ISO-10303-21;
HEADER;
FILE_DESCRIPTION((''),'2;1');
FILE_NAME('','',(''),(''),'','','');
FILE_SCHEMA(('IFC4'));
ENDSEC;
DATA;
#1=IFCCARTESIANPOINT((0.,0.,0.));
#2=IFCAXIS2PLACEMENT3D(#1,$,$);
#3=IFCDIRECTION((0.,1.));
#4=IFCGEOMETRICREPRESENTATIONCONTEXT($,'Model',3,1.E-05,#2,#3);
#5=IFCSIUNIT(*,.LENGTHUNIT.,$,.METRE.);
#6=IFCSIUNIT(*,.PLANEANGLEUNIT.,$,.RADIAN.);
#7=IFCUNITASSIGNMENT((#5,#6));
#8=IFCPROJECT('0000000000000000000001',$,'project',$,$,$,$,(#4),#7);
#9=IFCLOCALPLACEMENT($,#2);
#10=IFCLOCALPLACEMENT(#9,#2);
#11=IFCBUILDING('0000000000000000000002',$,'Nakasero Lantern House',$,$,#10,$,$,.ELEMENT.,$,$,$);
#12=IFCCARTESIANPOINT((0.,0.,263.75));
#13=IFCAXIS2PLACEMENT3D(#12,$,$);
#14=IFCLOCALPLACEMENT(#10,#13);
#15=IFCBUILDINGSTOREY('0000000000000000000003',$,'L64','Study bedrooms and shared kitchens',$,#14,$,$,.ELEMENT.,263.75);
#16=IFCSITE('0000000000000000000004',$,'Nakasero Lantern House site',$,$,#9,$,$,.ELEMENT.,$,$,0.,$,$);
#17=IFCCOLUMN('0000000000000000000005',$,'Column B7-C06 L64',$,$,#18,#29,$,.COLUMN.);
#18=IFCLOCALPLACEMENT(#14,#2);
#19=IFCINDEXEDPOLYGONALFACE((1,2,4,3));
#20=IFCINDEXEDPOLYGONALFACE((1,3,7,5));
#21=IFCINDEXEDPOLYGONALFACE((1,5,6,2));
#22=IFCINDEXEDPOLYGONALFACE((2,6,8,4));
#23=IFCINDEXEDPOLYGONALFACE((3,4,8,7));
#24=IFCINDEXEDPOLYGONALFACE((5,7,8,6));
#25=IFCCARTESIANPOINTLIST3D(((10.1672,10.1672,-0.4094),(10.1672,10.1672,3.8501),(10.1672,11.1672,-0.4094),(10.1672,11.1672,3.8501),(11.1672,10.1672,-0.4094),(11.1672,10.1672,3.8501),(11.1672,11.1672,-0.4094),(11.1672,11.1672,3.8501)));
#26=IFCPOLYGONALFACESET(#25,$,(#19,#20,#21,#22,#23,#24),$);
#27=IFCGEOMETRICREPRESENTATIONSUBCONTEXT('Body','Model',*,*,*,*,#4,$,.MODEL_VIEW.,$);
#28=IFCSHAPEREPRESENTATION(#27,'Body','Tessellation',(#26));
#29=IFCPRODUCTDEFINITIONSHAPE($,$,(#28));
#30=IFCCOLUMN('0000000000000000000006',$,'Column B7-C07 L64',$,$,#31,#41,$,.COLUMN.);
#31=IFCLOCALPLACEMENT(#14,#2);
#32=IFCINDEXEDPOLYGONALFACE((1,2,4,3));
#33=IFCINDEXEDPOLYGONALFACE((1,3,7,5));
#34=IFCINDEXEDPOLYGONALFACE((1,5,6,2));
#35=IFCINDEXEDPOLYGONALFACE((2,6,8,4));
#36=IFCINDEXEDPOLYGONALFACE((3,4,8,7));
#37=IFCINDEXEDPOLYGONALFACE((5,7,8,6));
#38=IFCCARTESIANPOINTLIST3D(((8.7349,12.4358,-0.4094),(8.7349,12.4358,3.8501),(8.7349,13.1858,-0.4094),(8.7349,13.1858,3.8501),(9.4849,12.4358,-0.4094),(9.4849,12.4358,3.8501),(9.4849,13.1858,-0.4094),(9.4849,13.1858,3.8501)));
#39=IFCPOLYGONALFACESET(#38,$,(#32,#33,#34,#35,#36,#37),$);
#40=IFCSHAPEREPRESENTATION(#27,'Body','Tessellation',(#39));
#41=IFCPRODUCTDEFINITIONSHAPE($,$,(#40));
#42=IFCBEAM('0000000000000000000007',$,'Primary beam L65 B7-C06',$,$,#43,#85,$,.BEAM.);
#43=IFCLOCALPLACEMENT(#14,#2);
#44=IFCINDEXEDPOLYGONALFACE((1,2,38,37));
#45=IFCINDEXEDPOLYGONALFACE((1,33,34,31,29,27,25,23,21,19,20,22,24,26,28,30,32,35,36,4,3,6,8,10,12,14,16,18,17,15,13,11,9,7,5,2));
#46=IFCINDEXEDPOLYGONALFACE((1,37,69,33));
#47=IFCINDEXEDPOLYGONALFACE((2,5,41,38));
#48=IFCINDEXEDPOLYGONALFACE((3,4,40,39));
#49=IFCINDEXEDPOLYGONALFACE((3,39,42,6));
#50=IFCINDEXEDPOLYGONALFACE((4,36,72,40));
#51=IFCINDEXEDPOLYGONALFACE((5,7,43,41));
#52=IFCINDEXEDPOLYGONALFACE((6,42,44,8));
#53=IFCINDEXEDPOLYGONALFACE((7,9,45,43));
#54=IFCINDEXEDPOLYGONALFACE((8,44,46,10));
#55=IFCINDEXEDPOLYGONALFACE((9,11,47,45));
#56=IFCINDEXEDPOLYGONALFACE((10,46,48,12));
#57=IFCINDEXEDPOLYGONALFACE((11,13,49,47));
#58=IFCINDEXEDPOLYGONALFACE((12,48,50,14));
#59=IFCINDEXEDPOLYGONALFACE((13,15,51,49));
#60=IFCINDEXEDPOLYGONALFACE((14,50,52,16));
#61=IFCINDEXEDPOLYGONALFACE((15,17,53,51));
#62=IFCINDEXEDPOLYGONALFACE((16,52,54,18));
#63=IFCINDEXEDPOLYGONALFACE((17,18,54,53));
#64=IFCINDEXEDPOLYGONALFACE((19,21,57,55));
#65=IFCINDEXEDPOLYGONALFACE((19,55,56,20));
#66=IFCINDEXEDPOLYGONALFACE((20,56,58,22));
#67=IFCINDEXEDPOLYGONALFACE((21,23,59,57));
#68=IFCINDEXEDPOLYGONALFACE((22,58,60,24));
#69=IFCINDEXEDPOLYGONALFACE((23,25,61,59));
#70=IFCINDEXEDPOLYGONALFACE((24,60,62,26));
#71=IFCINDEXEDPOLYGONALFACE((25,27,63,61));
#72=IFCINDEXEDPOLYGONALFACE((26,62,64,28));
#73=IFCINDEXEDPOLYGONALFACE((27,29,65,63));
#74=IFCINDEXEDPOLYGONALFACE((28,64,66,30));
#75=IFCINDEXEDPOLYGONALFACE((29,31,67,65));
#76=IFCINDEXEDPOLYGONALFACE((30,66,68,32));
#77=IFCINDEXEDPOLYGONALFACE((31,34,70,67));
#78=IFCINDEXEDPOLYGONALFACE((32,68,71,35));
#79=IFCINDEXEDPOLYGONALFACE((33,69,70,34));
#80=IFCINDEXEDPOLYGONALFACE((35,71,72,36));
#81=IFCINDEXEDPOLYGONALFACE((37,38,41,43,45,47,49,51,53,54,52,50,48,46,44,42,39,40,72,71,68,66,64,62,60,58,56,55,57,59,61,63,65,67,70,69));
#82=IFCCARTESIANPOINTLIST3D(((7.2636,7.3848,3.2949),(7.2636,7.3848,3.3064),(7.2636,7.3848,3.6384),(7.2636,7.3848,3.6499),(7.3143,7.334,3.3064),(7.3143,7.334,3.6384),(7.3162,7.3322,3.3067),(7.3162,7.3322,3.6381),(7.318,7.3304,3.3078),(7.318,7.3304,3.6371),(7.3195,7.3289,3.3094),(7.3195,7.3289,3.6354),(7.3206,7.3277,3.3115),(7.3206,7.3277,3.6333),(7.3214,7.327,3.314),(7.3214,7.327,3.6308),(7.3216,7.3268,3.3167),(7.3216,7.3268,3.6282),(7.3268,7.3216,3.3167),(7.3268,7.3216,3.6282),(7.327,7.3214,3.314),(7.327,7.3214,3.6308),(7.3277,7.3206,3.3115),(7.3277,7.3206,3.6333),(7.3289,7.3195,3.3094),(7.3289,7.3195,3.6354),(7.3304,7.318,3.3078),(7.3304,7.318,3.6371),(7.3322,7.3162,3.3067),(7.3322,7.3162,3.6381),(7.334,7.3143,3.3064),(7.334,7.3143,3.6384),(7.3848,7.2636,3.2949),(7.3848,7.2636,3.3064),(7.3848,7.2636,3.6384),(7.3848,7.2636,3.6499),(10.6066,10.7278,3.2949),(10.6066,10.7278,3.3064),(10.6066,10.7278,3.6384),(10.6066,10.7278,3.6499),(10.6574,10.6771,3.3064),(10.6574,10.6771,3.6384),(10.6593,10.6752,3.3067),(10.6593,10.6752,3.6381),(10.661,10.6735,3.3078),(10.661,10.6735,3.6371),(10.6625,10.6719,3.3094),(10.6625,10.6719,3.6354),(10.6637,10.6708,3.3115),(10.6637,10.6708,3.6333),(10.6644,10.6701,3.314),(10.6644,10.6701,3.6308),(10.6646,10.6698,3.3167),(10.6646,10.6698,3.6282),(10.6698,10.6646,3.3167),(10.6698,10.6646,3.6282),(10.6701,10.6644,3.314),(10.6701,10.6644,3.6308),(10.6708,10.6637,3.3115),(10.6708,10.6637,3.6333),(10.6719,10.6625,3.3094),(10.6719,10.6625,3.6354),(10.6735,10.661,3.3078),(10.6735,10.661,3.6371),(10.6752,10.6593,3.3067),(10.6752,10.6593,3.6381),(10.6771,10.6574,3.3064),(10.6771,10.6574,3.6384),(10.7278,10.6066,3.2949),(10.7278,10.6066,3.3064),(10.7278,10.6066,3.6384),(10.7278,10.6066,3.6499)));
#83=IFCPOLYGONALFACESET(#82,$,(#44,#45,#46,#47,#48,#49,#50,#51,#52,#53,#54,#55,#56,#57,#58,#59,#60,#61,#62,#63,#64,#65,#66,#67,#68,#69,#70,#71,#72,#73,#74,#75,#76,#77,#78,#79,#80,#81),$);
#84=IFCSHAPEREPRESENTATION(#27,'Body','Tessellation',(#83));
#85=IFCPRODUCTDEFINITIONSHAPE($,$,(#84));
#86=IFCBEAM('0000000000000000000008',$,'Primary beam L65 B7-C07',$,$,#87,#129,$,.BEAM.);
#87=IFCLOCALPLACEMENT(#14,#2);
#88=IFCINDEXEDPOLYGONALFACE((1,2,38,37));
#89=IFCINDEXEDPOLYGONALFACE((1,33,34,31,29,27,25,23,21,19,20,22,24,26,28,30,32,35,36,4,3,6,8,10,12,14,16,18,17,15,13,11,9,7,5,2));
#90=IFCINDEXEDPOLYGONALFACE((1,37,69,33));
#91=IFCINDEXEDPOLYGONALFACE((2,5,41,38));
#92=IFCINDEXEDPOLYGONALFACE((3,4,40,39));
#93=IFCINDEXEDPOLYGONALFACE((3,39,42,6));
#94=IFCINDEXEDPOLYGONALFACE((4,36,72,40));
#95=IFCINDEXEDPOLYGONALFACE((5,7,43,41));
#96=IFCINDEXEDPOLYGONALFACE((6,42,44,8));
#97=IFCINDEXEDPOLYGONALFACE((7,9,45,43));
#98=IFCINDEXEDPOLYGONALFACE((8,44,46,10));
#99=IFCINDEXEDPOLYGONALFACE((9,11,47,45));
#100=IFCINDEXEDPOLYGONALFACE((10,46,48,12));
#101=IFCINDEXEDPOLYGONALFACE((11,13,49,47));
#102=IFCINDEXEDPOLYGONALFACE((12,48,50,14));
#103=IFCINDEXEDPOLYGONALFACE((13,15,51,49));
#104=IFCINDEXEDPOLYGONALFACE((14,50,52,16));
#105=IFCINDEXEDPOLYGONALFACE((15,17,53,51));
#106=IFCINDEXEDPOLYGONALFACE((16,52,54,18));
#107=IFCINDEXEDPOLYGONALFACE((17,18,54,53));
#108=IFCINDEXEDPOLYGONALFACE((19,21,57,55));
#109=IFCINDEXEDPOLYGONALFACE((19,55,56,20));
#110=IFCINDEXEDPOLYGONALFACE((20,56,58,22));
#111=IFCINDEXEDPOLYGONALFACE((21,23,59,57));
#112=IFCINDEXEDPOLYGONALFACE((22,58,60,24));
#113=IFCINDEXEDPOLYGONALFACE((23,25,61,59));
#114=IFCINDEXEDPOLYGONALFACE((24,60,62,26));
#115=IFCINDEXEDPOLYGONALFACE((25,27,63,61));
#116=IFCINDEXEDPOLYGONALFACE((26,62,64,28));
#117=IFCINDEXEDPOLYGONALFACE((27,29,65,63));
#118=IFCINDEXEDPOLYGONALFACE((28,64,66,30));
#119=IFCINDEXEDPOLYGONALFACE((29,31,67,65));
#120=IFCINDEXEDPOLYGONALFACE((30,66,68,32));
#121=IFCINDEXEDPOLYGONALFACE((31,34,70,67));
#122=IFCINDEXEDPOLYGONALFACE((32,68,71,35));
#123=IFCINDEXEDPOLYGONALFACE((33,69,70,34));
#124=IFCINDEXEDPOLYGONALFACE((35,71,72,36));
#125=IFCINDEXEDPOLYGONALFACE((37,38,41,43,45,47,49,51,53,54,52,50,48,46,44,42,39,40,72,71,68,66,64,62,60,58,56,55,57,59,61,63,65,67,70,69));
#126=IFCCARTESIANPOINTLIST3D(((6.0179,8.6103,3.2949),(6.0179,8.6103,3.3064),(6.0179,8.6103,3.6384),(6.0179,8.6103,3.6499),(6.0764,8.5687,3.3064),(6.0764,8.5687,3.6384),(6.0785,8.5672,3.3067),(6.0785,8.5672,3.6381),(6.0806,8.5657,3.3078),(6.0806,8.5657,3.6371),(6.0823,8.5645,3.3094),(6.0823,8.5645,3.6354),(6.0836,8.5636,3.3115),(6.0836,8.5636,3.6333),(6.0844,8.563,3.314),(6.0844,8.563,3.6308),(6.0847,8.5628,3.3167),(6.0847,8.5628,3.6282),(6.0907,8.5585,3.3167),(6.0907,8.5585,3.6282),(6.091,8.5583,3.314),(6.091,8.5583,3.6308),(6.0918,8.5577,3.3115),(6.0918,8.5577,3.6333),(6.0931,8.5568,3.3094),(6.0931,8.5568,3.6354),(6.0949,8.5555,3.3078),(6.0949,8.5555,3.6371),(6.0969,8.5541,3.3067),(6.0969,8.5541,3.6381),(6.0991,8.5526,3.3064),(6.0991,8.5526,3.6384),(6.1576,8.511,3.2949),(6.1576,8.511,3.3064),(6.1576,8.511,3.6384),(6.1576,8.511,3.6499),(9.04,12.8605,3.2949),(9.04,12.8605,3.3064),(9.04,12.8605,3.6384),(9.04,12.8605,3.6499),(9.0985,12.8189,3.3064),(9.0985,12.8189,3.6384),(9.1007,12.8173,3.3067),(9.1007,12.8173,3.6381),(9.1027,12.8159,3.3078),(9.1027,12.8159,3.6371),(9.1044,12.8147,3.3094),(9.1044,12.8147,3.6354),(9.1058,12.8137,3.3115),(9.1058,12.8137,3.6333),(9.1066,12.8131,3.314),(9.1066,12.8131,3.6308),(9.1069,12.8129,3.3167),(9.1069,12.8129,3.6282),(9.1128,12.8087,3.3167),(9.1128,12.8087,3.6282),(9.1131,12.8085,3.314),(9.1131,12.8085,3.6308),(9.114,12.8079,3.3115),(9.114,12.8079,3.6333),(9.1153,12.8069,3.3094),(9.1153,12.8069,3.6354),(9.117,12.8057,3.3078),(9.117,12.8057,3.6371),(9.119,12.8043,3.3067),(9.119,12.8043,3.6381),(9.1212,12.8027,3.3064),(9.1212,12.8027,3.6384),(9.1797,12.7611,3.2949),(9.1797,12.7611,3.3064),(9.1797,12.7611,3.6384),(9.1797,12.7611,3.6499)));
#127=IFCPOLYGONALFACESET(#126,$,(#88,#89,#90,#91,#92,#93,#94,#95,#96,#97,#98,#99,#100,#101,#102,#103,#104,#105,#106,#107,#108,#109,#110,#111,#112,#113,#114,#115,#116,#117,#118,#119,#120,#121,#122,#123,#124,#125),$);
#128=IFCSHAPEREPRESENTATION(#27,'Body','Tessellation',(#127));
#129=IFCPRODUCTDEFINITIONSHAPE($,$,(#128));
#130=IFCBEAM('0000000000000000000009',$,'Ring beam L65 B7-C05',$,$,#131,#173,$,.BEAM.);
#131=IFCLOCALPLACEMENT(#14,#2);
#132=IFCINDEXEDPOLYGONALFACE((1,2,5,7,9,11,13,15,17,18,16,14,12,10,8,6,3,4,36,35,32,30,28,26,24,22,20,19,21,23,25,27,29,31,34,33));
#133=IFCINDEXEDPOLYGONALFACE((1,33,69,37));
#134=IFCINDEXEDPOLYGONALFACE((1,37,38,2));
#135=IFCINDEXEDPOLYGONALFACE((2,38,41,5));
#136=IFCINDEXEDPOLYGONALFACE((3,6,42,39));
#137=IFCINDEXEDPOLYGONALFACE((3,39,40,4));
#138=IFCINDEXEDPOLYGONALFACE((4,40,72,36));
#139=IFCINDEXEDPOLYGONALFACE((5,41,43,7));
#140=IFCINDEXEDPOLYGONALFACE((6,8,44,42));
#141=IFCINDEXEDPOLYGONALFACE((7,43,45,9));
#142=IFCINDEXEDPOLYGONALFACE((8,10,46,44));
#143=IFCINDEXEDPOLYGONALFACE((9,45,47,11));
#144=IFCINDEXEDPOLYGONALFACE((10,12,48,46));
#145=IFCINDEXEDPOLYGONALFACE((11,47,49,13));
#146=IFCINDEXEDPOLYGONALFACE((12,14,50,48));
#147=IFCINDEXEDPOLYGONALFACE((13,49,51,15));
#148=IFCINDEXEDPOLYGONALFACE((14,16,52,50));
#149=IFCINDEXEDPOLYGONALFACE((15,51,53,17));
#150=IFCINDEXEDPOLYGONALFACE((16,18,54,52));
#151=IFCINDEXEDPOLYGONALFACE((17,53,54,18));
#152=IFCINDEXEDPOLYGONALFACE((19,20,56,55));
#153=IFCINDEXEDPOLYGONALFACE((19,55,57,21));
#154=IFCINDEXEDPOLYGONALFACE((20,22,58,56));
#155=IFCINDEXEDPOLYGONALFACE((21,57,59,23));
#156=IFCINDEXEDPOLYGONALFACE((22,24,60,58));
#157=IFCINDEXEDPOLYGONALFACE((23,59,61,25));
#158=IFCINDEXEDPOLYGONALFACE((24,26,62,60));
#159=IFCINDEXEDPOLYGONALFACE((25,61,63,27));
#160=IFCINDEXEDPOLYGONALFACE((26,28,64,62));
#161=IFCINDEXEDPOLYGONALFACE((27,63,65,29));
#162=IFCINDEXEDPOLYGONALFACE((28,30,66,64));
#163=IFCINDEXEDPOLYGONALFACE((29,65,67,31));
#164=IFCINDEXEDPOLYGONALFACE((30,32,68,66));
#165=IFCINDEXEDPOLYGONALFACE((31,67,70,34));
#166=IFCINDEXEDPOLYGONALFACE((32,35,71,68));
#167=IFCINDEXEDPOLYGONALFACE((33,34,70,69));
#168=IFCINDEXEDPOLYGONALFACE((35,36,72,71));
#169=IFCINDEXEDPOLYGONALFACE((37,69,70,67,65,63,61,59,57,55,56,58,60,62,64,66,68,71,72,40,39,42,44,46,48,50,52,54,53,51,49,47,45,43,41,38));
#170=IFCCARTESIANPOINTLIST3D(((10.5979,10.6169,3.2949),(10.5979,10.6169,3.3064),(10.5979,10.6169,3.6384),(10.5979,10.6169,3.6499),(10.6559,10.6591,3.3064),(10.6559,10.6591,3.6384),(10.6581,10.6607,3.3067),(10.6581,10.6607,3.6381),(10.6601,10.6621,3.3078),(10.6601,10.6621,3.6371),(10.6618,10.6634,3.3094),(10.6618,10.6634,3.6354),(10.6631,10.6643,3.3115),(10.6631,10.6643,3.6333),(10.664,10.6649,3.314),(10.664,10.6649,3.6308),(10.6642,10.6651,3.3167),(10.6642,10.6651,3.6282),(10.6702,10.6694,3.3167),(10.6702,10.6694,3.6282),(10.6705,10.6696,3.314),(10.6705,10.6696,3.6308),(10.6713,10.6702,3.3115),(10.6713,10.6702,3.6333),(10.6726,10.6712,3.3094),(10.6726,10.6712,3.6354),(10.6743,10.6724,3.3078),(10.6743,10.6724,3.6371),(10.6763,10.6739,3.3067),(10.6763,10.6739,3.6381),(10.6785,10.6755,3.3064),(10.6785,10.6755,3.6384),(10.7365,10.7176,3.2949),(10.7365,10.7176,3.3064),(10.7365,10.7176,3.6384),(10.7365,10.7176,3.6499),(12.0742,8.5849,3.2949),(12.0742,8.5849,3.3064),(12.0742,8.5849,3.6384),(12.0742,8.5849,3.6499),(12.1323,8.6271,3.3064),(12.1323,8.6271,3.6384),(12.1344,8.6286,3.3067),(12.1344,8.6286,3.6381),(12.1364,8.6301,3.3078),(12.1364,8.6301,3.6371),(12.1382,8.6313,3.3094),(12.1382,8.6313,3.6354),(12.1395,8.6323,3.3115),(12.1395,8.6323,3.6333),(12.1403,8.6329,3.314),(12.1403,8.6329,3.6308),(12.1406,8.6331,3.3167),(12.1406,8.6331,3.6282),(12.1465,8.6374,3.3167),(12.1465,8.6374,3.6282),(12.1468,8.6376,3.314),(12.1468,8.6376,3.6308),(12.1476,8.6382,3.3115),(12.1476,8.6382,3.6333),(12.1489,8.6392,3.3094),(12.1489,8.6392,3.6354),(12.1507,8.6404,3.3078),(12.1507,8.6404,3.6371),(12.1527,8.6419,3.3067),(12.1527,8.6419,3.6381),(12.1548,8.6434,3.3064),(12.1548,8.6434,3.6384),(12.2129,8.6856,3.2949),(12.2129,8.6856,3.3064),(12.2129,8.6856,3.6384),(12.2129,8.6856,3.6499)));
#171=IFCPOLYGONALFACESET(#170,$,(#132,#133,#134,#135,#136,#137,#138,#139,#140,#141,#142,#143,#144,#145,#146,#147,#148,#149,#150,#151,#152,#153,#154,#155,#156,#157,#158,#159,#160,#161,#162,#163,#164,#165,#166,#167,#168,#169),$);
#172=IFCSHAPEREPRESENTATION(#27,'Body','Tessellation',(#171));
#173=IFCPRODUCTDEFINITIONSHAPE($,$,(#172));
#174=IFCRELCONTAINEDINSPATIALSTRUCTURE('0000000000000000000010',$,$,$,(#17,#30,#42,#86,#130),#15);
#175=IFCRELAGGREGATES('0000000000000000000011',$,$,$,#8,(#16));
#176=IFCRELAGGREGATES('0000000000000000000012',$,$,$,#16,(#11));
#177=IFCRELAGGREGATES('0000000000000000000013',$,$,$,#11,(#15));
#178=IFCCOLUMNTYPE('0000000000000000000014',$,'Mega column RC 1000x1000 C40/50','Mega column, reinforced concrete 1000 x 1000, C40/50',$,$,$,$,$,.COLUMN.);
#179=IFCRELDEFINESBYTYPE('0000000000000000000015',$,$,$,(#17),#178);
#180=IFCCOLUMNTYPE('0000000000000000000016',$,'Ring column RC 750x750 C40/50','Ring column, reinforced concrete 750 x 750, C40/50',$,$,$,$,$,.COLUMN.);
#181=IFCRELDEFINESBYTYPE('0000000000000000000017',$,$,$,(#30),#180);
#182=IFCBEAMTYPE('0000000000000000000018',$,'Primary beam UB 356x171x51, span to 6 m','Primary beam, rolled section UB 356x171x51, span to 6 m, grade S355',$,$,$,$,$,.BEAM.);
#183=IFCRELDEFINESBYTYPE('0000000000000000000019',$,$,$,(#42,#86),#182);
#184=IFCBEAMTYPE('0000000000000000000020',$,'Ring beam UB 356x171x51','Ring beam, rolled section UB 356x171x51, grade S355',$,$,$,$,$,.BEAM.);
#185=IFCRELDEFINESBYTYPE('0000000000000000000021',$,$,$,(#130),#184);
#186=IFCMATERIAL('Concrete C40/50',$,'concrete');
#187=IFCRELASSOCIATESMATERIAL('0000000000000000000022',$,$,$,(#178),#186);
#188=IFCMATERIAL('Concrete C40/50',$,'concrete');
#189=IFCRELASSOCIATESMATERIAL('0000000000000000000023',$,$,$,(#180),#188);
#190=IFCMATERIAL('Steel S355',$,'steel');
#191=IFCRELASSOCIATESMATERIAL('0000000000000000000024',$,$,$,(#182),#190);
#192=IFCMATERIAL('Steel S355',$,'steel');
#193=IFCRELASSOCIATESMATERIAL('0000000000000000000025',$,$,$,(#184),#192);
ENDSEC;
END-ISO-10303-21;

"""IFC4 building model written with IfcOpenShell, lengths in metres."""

from ifc_helpers import new_model, si_unit, direction, frame, origin, origin_2d, place, context, subcontext, project, spatial, rectangle, i_section, extrude, material, material_profile, profile_set, type_object, element, save


model = new_model("IFC4")

# Units and contexts
model_context = context("Model", 3, precision=1e-05, world=origin(), true_north=direction((0.0, 1.0)))
body_context = subcontext(model_context, "Body", "Model", "MODEL_VIEW")
ifc_project = project(units=[si_unit("LENGTHUNIT", "METRE"), si_unit("PLANEANGLEUNIT", "RADIAN")], contexts=[model_context])

# Site, building, storey
site_placement = place(None, origin())
site = spatial("IfcSite", under=ifc_project, at=site_placement, Name="Nakasero Lantern House site", CompositionType="ELEMENT", RefElevation=0.0)
building_placement = place(site_placement, origin())
building = spatial("IfcBuilding", under=site, at=building_placement, Name="Nakasero Lantern House", CompositionType="ELEMENT")
storey_placement = place(building_placement, frame((0.0, 0.0, 263.75)))
storey = spatial("IfcBuildingStorey", under=building, at=storey_placement, Name="L64", Description="Study bedrooms and shared kitchens", CompositionType="ELEMENT", Elevation=263.75)

# Columns
ifc_material_1 = material(Name="Concrete C40/50", Category="concrete")
ifc_material_profile_1 = material_profile(ifc_material_1, rectangle(XDim=1.0, YDim=1.0, at=origin_2d()), Name="RC 1000x1000")
ifc_profile_set_1 = profile_set([ifc_material_profile_1], Name="Concrete C40/50")
column_type_1 = type_object("IfcColumnType", Name="Mega column RC 1000x1000 C40/50", Description="Mega column, reinforced concrete 1000 x 1000, C40/50", PredefinedType="COLUMN", material=ifc_profile_set_1)
column_1_placement = place(storey_placement, frame((10.6672, 10.6672, -0.4094), z_axis=(0.0, 0.0, 1.0), x_axis=(1.0, 0.0, 0.0)))
element("IfcColumn", 1, at=column_1_placement, inside=storey, type_object=column_type_1, Name="Column B7-C06 L64", PredefinedType="COLUMN", context=body_context, shape_type="SweptSolid", body=[
    extrude(rectangle(XDim=1.0, YDim=1.0, at=origin_2d()), origin(), (0.0, 0.0, 1.0), 4.2595),
])
ifc_material_2 = material(Name="Concrete C40/50", Category="concrete")
ifc_material_profile_2 = material_profile(ifc_material_2, rectangle(XDim=0.75, YDim=0.75, at=origin_2d()), Name="RC 750x750")
ifc_profile_set_2 = profile_set([ifc_material_profile_2], Name="Concrete C40/50")
column_type_2 = type_object("IfcColumnType", Name="Ring column RC 750x750 C40/50", Description="Ring column, reinforced concrete 750 x 750, C40/50", PredefinedType="COLUMN", material=ifc_profile_set_2)
column_2_placement = place(storey_placement, frame((9.1099, 12.8108, -0.4094), z_axis=(0.0, 0.0, 1.0), x_axis=(1.0, 0.0, 0.0)))
element("IfcColumn", 2, at=column_2_placement, inside=storey, type_object=column_type_2, Name="Column B7-C07 L64", PredefinedType="COLUMN", context=body_context, shape_type="SweptSolid", body=[
    extrude(rectangle(XDim=0.75, YDim=0.75, at=origin_2d()), origin(), (0.0, 0.0, 1.0), 4.2595),
])

# Beams
ifc_material_3 = material(Name="Steel S355", Category="steel")
ifc_material_profile_3 = material_profile(ifc_material_3, i_section(OverallWidth=0.1714, OverallDepth=0.355, WebThickness=0.0073, FlangeThickness=0.0115, FilletRadius=0.0103, at=origin_2d()), Name="UB 356x171x51")
ifc_profile_set_3 = profile_set([ifc_material_profile_3], Name="Steel S355")
beam_type_1 = type_object("IfcBeamType", Name="Primary beam UB 356x171x51, span to 6 m", Description="Primary beam, rolled section UB 356x171x51, span to 6 m, grade S355", PredefinedType="BEAM", material=ifc_profile_set_3)
beam_1_placement = place(storey_placement, frame((10.6672, 10.6672, 3.4724), z_axis=(-0.707107, -0.707107, 0.0), x_axis=(0.707107, -0.707107, 0.0)))
element("IfcBeam", 3, at=beam_1_placement, inside=storey, type_object=beam_type_1, Name="Primary beam L65 B7-C06", PredefinedType="BEAM", context=body_context, shape_type="SweptSolid", body=[
    extrude(i_section(OverallWidth=0.1714, OverallDepth=0.355, WebThickness=0.0073, FlangeThickness=0.0115, FilletRadius=0.0103, at=origin_2d()), origin(), (0.0, 0.0, 1.0), 4.7278),
])
beam_2_placement = place(storey_placement, frame((9.1099, 12.8108, 3.4724), z_axis=(-0.579501, -0.814972, 0.0), x_axis=(0.814972, -0.579501, 0.0)))
element("IfcBeam", 4, at=beam_2_placement, inside=storey, type_object=beam_type_1, Name="Primary beam L65 B7-C07", PredefinedType="BEAM", context=body_context, shape_type="SweptSolid", body=[
    extrude(i_section(OverallWidth=0.1714, OverallDepth=0.355, WebThickness=0.0073, FlangeThickness=0.0115, FilletRadius=0.0103, at=origin_2d()), origin(), (0.0, 0.0, 1.0), 5.2151),
])
ifc_material_4 = material(Name="Steel S355", Category="steel")
ifc_material_profile_4 = material_profile(ifc_material_4, i_section(OverallWidth=0.1714, OverallDepth=0.355, WebThickness=0.0073, FlangeThickness=0.0115, FilletRadius=0.0103, at=origin_2d()), Name="UB 356x171x51")
ifc_profile_set_4 = profile_set([ifc_material_profile_4], Name="Steel S355")
beam_type_2 = type_object("IfcBeamType", Name="Ring beam UB 356x171x51", Description="Ring beam, rolled section UB 356x171x51, grade S355", PredefinedType="BEAM", material=ifc_profile_set_4)
beam_3_placement = place(storey_placement, frame((12.1436, 8.6353, 3.4724), z_axis=(-0.587784, 0.809018, 0.0), x_axis=(-0.809018, -0.587784, 0.0)))
element("IfcBeam", 5, at=beam_3_placement, inside=storey, type_object=beam_type_2, Name="Ring beam L65 B7-C05", PredefinedType="BEAM", context=body_context, shape_type="SweptSolid", body=[
    extrude(i_section(OverallWidth=0.1714, OverallDepth=0.355, WebThickness=0.0073, FlangeThickness=0.0115, FilletRadius=0.0103, at=origin_2d()), origin(), (0.0, 0.0, 1.0), 2.5117),
])

save(model, "model.ifc")
